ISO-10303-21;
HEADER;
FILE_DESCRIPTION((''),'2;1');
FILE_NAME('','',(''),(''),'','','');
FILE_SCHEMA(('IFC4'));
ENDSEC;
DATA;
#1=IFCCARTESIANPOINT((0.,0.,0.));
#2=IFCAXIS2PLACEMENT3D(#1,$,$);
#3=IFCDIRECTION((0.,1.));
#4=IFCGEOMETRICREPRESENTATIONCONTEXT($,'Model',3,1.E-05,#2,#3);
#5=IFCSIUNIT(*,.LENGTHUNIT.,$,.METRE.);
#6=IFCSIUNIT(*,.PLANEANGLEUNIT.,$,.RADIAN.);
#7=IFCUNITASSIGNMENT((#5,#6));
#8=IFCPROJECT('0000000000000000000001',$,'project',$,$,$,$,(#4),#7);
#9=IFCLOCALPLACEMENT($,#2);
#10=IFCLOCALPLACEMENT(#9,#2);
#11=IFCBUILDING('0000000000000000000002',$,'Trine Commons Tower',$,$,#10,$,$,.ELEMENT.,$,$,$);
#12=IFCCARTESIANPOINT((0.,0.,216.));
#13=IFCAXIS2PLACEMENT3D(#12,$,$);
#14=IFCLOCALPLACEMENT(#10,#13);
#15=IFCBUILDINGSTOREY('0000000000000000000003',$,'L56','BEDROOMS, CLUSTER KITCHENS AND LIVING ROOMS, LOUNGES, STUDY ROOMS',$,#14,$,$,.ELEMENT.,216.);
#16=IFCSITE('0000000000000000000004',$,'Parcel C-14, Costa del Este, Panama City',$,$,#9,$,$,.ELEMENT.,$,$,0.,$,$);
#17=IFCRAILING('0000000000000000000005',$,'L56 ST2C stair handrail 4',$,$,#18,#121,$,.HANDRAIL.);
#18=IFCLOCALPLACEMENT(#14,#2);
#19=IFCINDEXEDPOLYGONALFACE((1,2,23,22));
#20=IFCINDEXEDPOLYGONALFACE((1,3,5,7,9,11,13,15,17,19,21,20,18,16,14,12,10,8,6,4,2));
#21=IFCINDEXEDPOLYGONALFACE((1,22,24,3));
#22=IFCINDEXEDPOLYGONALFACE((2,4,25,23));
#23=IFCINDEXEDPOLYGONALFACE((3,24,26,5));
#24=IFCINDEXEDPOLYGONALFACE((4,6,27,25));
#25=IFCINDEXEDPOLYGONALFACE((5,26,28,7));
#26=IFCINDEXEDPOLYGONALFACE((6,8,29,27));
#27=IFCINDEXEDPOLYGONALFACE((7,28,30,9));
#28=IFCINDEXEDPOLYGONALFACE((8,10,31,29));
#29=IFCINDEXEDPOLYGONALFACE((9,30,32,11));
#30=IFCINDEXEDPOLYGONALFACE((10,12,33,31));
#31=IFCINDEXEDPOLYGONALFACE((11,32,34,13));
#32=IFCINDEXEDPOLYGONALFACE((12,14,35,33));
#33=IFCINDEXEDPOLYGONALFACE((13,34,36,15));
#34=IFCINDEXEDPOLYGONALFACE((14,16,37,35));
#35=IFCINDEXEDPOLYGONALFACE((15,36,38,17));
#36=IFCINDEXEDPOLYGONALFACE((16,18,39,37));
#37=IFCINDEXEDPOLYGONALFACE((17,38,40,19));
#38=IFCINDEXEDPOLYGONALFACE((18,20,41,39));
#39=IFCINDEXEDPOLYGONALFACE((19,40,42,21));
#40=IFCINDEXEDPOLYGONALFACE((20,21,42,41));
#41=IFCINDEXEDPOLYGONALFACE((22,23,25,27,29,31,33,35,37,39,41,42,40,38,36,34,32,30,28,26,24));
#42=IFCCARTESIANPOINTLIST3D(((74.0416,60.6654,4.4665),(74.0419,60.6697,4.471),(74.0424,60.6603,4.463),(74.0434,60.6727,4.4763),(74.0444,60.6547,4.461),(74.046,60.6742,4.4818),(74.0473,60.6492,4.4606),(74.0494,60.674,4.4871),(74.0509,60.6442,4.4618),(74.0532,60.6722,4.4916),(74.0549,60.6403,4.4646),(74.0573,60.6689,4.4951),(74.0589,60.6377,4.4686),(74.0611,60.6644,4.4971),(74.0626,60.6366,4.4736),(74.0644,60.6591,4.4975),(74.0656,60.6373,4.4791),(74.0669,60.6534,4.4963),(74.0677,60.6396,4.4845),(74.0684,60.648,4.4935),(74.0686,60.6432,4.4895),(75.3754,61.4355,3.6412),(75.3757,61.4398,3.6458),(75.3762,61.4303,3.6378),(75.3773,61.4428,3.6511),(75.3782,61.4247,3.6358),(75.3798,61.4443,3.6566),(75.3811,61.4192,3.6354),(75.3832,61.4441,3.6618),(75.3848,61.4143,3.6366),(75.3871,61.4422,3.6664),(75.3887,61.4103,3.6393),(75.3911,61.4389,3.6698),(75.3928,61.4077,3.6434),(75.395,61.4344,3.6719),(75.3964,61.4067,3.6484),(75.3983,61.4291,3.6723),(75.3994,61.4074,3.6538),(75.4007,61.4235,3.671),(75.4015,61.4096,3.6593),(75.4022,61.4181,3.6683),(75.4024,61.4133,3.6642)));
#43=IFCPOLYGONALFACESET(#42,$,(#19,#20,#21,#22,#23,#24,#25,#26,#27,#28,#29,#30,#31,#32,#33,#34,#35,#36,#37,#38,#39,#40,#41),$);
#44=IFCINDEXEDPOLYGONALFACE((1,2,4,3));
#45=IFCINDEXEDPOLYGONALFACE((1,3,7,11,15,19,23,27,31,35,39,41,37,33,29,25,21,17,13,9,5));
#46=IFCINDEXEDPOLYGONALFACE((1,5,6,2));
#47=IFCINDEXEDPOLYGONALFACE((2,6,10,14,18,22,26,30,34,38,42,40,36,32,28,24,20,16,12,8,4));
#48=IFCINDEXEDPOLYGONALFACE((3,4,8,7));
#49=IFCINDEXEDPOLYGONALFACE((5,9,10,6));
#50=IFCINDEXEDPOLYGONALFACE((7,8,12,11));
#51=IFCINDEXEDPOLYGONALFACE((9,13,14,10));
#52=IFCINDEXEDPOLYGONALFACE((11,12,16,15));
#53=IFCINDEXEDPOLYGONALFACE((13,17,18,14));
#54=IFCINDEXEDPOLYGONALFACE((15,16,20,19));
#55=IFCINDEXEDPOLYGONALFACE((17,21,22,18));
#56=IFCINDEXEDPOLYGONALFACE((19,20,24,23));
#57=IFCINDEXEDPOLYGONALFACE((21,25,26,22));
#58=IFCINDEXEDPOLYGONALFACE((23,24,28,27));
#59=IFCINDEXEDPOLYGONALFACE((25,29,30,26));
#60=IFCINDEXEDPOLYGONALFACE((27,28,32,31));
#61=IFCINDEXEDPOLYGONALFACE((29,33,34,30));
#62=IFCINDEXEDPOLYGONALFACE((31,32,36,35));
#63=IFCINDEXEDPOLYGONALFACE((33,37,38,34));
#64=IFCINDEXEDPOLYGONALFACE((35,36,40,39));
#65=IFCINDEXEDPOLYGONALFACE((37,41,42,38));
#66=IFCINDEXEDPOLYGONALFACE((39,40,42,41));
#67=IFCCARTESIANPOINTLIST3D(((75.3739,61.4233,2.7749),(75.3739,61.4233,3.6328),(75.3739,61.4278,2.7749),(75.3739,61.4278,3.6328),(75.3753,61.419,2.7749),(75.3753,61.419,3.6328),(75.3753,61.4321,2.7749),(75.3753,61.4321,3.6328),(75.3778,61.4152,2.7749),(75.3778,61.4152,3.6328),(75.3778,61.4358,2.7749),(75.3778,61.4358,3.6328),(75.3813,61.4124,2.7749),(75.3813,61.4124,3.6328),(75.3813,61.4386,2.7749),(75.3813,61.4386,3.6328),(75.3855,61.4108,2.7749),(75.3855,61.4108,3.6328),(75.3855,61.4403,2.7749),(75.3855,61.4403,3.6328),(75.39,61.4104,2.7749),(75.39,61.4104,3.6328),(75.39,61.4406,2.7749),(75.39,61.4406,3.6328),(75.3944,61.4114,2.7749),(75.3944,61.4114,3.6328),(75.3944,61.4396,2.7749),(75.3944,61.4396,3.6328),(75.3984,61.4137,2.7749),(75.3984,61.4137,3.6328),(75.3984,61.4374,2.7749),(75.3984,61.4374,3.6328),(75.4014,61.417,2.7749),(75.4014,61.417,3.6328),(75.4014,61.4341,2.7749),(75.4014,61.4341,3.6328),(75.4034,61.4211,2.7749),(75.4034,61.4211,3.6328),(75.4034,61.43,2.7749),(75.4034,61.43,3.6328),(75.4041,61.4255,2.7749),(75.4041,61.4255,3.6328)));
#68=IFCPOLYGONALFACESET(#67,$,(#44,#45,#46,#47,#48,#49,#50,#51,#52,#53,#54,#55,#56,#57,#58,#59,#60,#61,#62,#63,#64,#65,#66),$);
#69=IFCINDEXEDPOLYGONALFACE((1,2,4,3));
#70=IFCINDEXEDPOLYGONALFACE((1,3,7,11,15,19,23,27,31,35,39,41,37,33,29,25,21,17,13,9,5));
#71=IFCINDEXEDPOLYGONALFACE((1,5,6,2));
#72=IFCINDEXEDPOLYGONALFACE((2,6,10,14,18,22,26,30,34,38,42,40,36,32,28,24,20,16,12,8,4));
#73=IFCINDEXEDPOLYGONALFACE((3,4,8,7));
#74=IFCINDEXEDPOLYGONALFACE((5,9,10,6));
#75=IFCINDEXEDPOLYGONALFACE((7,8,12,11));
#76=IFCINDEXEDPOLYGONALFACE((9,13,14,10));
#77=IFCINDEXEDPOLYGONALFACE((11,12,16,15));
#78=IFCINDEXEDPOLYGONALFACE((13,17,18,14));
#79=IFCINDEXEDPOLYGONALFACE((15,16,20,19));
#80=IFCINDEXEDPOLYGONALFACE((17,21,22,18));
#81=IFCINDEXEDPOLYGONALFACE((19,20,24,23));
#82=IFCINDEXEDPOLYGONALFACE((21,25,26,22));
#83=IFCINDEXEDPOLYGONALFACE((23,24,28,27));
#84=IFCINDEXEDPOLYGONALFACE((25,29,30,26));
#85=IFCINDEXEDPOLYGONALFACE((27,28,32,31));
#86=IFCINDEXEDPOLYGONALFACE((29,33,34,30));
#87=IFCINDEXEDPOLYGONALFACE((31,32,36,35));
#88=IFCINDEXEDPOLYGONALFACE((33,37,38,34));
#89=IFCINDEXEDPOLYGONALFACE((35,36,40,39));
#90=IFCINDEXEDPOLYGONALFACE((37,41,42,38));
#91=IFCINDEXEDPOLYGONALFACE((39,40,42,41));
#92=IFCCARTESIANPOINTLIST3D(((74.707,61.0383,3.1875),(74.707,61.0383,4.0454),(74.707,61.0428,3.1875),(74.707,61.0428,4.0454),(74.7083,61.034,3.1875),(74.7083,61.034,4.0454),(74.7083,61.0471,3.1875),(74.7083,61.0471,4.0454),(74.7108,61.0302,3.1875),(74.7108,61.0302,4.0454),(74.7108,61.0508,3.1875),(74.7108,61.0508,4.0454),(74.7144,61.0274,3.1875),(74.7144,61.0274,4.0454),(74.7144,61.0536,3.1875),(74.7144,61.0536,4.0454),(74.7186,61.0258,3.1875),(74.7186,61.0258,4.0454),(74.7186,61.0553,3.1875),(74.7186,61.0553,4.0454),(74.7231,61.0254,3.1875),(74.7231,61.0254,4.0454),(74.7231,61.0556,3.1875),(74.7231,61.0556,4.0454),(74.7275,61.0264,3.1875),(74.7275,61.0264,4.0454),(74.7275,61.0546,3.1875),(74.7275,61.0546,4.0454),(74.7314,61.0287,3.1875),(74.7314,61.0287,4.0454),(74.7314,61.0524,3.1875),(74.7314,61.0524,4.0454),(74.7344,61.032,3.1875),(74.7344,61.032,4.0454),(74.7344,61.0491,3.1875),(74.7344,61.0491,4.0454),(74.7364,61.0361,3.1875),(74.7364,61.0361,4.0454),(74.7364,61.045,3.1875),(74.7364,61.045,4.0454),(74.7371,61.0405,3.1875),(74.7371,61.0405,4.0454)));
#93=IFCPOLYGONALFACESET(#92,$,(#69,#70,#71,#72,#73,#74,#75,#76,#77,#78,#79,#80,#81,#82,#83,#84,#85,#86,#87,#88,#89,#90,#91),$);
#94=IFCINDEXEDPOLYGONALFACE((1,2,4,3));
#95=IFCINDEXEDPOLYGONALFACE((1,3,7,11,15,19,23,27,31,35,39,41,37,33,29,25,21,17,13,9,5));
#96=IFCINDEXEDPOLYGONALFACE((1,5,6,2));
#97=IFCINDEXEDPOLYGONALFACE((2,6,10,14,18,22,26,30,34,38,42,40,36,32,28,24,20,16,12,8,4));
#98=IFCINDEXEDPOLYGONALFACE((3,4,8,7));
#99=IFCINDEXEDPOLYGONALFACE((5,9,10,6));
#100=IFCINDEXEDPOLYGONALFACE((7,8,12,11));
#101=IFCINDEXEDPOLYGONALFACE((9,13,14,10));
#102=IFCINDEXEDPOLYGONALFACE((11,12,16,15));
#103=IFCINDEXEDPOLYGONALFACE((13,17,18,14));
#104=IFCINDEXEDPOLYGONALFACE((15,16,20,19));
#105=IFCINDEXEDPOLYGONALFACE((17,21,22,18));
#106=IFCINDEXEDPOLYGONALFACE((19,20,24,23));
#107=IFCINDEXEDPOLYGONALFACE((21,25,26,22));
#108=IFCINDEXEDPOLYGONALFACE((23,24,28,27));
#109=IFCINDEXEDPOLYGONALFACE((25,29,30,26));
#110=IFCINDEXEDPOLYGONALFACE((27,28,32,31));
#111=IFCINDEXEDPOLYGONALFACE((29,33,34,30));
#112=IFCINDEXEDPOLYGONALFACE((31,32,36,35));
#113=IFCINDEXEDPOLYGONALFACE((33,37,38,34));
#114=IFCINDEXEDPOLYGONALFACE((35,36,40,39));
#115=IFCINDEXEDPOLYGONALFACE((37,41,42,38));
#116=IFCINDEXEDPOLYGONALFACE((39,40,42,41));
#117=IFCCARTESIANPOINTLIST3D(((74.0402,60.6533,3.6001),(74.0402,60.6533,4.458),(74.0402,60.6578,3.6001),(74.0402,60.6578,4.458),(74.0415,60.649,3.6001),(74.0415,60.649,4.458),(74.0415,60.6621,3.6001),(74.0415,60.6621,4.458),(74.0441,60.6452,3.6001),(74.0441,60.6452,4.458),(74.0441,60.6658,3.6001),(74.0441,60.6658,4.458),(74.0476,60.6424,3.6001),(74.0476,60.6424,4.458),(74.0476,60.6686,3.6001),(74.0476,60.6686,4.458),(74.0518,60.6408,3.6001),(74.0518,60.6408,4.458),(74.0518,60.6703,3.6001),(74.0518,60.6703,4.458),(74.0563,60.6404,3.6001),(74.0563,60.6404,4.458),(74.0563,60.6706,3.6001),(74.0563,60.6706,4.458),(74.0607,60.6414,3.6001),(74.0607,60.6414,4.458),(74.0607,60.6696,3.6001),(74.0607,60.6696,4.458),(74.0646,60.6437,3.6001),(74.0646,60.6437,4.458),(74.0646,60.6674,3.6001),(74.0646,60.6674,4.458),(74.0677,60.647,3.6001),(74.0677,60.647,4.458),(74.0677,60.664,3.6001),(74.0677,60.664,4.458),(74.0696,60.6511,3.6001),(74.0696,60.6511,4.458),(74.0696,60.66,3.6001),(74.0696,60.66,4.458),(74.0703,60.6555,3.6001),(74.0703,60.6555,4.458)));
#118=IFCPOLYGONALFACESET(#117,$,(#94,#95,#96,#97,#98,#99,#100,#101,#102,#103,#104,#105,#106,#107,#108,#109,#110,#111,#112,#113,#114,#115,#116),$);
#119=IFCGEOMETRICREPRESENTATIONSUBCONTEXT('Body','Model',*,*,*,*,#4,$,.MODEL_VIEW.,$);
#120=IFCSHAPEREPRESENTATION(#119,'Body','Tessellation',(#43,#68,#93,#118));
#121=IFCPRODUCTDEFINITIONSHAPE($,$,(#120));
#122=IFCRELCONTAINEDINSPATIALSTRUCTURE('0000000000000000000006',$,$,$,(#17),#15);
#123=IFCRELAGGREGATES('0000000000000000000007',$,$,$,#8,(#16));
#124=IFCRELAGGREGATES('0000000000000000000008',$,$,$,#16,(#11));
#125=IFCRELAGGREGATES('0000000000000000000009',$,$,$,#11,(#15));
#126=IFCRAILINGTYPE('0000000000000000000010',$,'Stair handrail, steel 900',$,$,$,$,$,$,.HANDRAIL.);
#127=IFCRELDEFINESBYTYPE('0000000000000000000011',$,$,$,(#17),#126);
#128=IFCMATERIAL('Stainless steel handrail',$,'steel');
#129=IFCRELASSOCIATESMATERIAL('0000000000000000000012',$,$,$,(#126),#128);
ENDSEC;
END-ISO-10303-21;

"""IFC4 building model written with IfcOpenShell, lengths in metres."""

from ifc_helpers import new_model, si_unit, direction, frame, origin, origin_2d, place, context, subcontext, project, spatial, circle, extrude, material, type_object, element, save


model = new_model("IFC4")

# Units and contexts
model_context = context("Model", 3, precision=1e-05, world=origin(), true_north=direction((0.0, 1.0)))
body_context = subcontext(model_context, "Body", "Model", "MODEL_VIEW")
ifc_project = project(units=[si_unit("LENGTHUNIT", "METRE"), si_unit("PLANEANGLEUNIT", "RADIAN")], contexts=[model_context])

# Site, building, storey
site_placement = place(None, origin())
site = spatial("IfcSite", under=ifc_project, at=site_placement, Name="Parcel C-14, Costa del Este, Panama City", CompositionType="ELEMENT", RefElevation=0.0)
building_placement = place(site_placement, origin())
building = spatial("IfcBuilding", under=site, at=building_placement, Name="Trine Commons Tower", CompositionType="ELEMENT")
storey_placement = place(building_placement, frame((0.0, 0.0, 216.0)))
storey = spatial("IfcBuildingStorey", under=building, at=storey_placement, Name="L56", Description="BEDROOMS, CLUSTER KITCHENS AND LIVING ROOMS, LOUNGES, STUDY ROOMS", CompositionType="ELEMENT", Elevation=216.0)

# Railing
ifc_material_1 = material(Name="Stainless steel handrail", Category="steel")
railing_type_1 = type_object("IfcRailingType", Name="Stair handrail, steel 900", PredefinedType="HANDRAIL", material=ifc_material_1)
railing_1_placement = place(storey_placement, frame((75.3889, 61.4255, 2.7749)))
element("IfcRailing", 1, at=railing_1_placement, inside=storey, type_object=railing_type_1, Name="L56 ST2C stair handrail 4", PredefinedType="HANDRAIL", context=body_context, shape_type="SweptSolid", body=[
    extrude(circle(Radius=0.021, at=origin_2d()), frame((0.0, 0.0, 0.8789), z_axis=(-0.763355, -0.440714, 0.472293), x_axis=(0.499992, -0.86603, 0.0)), (0.0, 0.0, 1.0), 1.7473),
    extrude(circle(Radius=0.0151, at=origin_2d()), origin(), (0.0, 0.0, 1.0), 0.8579),
    extrude(circle(Radius=0.0151, at=origin_2d()), frame((-0.667, -0.385, 0.4126)), (0.0, 0.0, 1.0), 0.8579),
    extrude(circle(Radius=0.0151, at=origin_2d()), frame((-1.3337, -0.77, 0.8252)), (0.0, 0.0, 1.0), 0.8579),
])

save(model, "model.ifc")
